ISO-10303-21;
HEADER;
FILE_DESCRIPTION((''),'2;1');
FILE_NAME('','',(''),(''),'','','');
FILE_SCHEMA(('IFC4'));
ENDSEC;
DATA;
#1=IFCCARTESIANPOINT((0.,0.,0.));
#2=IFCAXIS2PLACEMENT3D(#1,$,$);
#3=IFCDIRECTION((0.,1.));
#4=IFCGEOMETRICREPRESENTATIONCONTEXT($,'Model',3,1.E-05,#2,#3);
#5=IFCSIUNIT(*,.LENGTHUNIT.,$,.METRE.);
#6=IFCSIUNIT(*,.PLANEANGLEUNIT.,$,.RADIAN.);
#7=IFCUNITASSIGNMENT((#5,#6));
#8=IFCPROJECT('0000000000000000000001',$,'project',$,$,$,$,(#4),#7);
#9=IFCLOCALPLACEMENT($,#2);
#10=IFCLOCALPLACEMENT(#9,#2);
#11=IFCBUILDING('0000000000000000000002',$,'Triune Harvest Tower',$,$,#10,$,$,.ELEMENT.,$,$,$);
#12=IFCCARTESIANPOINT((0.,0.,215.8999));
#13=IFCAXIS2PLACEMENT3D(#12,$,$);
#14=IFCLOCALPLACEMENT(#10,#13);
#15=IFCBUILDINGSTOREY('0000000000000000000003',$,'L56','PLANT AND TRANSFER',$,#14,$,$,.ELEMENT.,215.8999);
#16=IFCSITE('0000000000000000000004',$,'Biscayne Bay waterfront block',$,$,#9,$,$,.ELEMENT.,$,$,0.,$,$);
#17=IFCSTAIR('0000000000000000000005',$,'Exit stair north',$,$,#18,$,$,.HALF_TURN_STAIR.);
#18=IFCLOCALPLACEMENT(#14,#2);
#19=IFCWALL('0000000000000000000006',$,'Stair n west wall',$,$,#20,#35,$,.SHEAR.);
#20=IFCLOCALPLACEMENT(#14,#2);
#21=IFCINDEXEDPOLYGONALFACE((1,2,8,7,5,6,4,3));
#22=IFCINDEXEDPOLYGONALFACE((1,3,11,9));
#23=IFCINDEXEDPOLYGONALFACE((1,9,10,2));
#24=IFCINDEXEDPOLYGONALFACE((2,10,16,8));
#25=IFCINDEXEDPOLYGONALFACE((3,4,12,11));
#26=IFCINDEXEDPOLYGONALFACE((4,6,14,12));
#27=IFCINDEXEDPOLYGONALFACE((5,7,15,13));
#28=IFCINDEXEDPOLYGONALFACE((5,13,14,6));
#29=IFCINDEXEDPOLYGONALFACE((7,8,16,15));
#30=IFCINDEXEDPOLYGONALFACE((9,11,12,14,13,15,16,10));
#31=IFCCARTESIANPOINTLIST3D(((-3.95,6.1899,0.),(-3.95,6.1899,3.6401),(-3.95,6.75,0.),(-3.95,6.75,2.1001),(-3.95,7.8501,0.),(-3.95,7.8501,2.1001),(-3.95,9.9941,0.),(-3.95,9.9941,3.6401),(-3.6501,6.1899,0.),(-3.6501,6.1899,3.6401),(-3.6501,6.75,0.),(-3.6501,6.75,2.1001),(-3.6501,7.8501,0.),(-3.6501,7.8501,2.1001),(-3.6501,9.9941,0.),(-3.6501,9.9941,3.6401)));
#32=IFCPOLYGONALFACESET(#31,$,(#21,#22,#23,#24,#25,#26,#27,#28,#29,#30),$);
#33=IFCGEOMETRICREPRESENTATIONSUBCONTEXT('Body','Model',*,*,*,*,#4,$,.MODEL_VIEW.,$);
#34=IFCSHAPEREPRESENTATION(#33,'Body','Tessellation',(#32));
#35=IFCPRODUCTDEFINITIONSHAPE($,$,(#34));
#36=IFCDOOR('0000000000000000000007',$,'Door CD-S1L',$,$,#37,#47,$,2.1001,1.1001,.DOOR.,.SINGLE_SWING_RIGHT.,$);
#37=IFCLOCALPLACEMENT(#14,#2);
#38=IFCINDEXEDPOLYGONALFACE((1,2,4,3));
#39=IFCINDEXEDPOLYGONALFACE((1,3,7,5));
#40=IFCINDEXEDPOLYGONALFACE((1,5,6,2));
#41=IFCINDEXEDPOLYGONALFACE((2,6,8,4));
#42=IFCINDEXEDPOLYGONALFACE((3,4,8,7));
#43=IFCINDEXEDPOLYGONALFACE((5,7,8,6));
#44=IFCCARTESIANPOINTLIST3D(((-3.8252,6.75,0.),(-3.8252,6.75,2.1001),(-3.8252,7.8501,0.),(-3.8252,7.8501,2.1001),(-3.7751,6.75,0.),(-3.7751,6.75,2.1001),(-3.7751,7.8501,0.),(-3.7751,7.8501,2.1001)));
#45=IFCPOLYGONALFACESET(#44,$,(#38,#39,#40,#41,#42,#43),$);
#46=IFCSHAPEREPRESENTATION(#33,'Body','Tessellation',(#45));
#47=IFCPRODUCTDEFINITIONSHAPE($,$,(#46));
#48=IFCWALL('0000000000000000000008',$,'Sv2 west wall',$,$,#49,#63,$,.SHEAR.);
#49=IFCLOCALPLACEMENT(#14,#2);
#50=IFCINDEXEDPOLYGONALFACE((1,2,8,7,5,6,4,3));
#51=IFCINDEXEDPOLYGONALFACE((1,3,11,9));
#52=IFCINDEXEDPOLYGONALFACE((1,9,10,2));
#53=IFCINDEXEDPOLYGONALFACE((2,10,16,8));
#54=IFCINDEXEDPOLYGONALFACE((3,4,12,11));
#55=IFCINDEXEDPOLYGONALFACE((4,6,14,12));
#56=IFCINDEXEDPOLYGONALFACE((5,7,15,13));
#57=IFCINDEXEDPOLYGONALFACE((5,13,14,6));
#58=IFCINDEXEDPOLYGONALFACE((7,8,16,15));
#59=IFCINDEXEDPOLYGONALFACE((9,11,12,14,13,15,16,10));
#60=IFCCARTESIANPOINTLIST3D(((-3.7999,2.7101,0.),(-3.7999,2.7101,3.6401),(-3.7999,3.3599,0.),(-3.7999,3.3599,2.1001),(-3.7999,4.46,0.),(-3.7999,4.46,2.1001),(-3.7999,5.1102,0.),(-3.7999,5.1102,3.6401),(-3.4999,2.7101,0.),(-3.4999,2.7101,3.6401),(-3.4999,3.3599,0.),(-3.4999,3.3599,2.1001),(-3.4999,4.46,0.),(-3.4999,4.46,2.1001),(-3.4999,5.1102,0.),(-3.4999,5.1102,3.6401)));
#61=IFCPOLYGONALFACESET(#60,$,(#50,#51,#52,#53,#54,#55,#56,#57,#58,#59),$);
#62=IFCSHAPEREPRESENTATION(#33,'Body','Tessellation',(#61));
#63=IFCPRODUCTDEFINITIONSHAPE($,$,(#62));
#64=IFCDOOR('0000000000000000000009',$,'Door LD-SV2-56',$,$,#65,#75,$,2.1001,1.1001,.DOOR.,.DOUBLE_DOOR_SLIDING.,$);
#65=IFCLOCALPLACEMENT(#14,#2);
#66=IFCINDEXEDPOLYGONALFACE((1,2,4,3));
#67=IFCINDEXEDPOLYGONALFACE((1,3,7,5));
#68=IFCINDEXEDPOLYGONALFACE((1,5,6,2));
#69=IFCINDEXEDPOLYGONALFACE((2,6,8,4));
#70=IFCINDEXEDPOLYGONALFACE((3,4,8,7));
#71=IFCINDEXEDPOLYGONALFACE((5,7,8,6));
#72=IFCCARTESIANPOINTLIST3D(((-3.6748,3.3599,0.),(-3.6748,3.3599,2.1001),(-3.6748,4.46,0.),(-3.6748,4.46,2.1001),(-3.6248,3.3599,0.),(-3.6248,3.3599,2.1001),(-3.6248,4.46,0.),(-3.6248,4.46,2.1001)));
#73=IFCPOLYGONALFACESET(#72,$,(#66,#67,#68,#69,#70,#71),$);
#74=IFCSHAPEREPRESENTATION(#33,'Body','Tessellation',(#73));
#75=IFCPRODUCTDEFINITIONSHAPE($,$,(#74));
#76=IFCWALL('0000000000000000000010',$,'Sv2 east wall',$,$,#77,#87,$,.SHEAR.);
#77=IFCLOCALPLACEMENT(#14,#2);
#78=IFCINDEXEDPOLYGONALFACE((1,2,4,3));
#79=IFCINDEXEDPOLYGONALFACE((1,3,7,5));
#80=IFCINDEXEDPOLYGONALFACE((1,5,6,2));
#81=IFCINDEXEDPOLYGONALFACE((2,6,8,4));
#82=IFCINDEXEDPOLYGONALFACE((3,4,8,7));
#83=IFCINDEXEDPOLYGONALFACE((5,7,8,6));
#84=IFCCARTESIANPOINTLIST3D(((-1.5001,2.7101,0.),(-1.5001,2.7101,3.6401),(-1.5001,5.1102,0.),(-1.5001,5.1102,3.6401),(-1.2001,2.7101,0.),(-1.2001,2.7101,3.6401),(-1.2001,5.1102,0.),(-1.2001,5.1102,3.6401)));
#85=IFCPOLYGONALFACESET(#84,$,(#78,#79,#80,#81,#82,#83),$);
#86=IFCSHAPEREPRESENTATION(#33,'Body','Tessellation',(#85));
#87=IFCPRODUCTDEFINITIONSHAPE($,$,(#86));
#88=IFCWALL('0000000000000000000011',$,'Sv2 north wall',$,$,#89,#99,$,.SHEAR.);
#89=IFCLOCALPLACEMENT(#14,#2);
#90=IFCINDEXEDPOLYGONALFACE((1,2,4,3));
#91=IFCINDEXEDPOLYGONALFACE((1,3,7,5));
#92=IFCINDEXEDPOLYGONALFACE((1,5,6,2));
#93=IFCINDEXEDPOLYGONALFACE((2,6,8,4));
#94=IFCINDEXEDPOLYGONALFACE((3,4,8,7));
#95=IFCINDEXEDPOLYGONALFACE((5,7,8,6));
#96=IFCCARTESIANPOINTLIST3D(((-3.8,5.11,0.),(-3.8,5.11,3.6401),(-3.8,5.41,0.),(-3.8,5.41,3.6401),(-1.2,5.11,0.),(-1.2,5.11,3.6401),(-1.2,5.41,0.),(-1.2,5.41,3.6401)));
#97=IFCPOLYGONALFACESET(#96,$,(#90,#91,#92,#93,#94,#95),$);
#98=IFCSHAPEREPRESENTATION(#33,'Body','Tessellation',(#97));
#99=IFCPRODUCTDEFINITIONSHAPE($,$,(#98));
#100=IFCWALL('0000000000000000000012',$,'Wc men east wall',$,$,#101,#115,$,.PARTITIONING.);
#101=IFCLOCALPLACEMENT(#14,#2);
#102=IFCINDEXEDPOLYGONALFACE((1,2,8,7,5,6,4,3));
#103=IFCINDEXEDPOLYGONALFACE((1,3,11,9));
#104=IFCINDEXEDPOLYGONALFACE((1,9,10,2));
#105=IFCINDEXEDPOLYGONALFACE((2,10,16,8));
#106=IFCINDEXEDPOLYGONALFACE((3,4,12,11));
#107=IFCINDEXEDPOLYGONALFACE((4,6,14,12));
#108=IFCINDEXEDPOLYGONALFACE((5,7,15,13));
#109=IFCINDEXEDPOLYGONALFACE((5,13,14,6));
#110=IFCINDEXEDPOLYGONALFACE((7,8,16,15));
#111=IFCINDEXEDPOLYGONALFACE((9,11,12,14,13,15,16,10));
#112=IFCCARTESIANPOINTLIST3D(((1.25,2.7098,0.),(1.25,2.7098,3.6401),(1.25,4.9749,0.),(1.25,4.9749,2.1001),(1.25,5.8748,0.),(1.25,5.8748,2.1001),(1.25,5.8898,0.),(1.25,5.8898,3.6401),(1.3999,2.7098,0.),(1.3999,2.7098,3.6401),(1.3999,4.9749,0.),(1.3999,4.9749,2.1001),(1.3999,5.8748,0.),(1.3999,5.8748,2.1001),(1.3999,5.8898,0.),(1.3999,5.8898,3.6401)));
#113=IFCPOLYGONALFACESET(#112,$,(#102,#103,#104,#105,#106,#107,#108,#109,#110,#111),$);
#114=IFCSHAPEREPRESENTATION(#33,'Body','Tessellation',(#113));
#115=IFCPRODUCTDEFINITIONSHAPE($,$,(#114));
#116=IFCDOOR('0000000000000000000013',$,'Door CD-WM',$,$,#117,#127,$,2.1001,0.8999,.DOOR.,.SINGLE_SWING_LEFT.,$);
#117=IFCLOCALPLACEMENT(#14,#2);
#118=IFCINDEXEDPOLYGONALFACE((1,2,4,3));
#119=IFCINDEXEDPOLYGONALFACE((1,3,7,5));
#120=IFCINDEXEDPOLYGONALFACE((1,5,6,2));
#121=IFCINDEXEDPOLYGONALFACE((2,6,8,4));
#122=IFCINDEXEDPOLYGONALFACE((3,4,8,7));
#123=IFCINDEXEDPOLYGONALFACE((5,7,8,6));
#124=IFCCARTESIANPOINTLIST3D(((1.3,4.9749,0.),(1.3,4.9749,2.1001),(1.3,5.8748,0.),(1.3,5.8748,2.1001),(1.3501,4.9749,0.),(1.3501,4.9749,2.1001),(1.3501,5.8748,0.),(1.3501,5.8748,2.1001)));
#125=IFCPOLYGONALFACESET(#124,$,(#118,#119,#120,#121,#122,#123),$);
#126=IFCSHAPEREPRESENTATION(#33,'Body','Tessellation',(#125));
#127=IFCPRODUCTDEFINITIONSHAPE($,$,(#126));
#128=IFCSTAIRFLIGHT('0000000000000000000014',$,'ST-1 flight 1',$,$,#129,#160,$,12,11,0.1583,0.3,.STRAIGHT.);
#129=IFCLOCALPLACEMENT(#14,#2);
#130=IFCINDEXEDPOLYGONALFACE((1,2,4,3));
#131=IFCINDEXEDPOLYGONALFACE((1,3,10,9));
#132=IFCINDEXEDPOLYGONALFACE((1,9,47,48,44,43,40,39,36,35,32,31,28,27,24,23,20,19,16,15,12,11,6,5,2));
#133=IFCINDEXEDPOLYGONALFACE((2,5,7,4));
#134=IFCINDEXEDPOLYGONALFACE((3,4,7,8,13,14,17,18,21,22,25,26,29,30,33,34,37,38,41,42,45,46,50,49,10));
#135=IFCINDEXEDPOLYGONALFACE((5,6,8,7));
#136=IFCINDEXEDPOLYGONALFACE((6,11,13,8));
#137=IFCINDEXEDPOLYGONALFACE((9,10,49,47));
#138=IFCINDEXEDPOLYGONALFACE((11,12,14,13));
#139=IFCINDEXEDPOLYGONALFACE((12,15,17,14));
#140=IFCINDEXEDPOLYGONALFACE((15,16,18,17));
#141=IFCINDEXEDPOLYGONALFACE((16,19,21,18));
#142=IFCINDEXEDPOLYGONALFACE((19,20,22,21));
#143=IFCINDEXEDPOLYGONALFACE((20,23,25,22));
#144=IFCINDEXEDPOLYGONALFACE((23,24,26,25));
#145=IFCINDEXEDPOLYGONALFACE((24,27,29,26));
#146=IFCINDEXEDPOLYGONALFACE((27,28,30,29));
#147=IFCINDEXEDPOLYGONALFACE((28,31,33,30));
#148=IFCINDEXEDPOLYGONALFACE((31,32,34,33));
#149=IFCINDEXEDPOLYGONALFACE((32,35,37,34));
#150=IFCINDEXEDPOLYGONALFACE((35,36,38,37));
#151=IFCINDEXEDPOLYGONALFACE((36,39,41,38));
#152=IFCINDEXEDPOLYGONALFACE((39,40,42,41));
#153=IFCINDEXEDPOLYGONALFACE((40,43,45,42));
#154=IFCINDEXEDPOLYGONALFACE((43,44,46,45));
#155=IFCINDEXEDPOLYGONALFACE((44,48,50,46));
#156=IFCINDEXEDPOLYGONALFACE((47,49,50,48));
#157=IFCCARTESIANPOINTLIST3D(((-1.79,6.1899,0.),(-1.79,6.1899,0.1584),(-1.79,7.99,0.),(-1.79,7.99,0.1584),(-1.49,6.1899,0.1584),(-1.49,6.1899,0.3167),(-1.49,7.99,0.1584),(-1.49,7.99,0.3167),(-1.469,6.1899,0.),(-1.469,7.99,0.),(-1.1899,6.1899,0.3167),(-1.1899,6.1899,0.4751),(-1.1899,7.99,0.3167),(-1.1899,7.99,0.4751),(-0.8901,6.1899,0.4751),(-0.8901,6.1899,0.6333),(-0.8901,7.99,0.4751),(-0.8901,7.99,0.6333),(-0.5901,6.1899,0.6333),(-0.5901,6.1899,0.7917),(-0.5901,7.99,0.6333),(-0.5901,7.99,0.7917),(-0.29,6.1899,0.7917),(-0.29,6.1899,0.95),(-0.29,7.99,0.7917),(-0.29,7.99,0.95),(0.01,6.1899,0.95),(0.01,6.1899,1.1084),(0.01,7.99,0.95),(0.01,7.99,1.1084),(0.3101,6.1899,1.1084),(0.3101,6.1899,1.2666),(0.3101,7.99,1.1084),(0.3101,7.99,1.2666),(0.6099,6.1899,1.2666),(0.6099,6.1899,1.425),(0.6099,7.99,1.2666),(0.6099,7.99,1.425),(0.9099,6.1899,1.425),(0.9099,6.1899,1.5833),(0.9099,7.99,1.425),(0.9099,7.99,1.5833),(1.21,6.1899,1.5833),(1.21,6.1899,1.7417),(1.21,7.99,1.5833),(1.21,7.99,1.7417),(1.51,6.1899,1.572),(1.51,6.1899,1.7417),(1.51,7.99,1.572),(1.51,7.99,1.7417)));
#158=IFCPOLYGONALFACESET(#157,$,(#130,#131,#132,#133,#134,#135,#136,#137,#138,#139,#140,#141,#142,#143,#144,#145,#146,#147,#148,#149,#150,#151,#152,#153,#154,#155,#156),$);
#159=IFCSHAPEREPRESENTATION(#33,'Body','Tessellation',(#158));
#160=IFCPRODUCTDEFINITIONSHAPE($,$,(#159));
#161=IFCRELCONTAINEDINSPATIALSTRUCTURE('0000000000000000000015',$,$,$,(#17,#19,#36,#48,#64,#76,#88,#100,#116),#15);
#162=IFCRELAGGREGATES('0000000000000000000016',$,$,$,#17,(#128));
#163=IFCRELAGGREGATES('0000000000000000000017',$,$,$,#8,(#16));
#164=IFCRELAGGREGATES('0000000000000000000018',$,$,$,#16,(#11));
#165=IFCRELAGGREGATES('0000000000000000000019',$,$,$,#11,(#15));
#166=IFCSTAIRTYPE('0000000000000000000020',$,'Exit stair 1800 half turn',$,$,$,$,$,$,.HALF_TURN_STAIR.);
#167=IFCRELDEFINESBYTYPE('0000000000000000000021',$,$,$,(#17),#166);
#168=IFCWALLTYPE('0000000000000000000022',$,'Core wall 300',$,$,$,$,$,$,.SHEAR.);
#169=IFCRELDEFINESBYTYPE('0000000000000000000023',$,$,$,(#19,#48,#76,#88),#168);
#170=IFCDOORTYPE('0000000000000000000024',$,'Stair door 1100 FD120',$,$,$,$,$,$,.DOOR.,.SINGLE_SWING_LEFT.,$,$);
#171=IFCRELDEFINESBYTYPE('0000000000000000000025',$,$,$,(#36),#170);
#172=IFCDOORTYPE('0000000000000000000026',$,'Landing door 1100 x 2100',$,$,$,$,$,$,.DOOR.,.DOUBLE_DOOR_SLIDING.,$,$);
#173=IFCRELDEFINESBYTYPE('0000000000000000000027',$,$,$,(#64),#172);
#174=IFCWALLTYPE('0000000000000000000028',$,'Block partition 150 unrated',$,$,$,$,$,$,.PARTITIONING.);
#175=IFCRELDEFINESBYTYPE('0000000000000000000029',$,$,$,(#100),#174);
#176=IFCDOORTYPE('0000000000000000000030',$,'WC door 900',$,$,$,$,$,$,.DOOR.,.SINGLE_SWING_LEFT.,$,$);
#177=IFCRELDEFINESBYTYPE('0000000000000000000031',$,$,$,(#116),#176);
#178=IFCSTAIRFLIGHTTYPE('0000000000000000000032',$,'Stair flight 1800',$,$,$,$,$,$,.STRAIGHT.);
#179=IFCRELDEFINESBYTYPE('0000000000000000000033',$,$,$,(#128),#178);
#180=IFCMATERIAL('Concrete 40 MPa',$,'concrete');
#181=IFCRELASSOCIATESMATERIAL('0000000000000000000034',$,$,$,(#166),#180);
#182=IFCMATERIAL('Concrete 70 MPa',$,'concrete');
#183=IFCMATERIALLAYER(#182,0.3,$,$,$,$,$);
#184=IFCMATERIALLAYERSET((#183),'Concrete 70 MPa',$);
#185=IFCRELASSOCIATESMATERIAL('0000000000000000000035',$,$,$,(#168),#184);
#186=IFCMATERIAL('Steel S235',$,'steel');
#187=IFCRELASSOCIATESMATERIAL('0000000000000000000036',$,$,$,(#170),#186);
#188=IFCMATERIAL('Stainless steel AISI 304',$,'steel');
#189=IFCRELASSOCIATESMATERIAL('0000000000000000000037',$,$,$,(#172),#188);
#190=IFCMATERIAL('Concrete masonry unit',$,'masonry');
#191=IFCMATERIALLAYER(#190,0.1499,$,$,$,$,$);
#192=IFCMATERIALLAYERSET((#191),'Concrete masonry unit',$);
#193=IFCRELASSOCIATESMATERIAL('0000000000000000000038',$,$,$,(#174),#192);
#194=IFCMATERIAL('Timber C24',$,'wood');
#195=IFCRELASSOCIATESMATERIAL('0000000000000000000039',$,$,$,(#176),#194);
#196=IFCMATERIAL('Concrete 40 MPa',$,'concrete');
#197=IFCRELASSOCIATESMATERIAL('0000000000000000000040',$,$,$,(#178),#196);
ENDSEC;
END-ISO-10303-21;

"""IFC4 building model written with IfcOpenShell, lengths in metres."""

from ifc_helpers import new_model, si_unit, direction, frame, frame_2d, origin, place, context, subcontext, project, spatial, polyline, rectangle, outline, extrude, source, transform, mapped, material, layer, layer_set, type_object, element, fill, aggregate, save


model = new_model("IFC4")

# Units and contexts
model_context = context("Model", 3, precision=1e-05, world=origin(), true_north=direction((0.0, 1.0)))
body_context = subcontext(model_context, "Body", "Model", "MODEL_VIEW")
ifc_project = project(units=[si_unit("LENGTHUNIT", "METRE"), si_unit("PLANEANGLEUNIT", "RADIAN")], contexts=[model_context])

# Site, building, storey
site_placement = place(None, origin())
site = spatial("IfcSite", under=ifc_project, at=site_placement, Name="Biscayne Bay waterfront block", CompositionType="ELEMENT", RefElevation=0.0)
building_placement = place(site_placement, origin())
building = spatial("IfcBuilding", under=site, at=building_placement, Name="Triune Harvest Tower", CompositionType="ELEMENT")
storey_placement = place(building_placement, frame((0.0, 0.0, 215.8999)))
storey = spatial("IfcBuildingStorey", under=building, at=storey_placement, Name="L56", Description="PLANT AND TRANSFER", CompositionType="ELEMENT", Elevation=215.8999)

# Stair
ifc_material_1 = material(Name="Concrete 40 MPa", Category="concrete")
stair_type = type_object("IfcStairType", Name="Exit stair 1800 half turn", PredefinedType="HALF_TURN_STAIR", material=ifc_material_1)
stair_1_placement = place(storey_placement, origin())
stair_1 = element("IfcStair", 1, at=stair_1_placement, inside=storey, type_object=stair_type, Name="Exit stair north", PredefinedType="HALF_TURN_STAIR")

# Shared definitions
ifc_material_2 = material(Name="Concrete 70 MPa", Category="concrete")
ifc_layer_1 = layer(ifc_material_2, 0.3)
ifc_layer_set_1 = layer_set([ifc_layer_1], Name="Concrete 70 MPa")
wall_type_1 = type_object("IfcWallType", Name="Core wall 300", PredefinedType="SHEAR", material=ifc_layer_set_1)

# Walls, openings, doors
shared_shape_1 = source(origin(), body_context, "Body", "SweptSolid", [
    extrude(outline(polyline([(0.0, -0.1499), (0.0, 0.1499), (3.8042, 0.1499), (3.8042, -0.1499), (0.0, -0.1499)])), origin(), (0.0, 0.0, 1.0), 3.6401),
])
wall_1_placement = place(storey_placement, frame((-3.8, 6.1899, 0.0), z_axis=(0.0, 0.0, 1.0), x_axis=(0.0, 1.0, 0.0)))
wall_1 = element("IfcWall", 2, at=wall_1_placement, inside=storey, type_object=wall_type_1, Name="Stair n west wall", PredefinedType="SHEAR", context=body_context, shape_type="MappedRepresentation", body=[
    mapped(shared_shape_1, transform((0.0, 0.0, 0.0), scale=1.0)),
])
opening_1_placement = place(wall_1_placement, frame((0.5601, 0.0, 0.0)))
opening_1 = element("IfcOpeningElement", 3, at=opening_1_placement, cuts=wall_1, PredefinedType="OPENING", context=body_context, shape_type="SweptSolid", body=[
    extrude(rectangle(XDim=1.1001, YDim=2.1001, at=frame_2d((0.55, 1.05))), frame((0.0, 0.1602, 0.0), z_axis=(0.0, -1.0, 0.0), x_axis=(1.0, 0.0, 0.0)), (0.0, 0.0, 1.0), 0.3201),
])
ifc_material_3 = material(Name="Steel S235", Category="steel")
door_type_1 = type_object("IfcDoorType", Name="Stair door 1100 FD120", OperationType="SINGLE_SWING_LEFT", PredefinedType="DOOR", material=ifc_material_3)
door_1_placement = place(opening_1_placement, frame((1.1001, 0.0, 0.0), z_axis=(0.0, 0.0, 1.0), x_axis=(-1.0, 0.0, 0.0)))
door_1 = element("IfcDoor", 4, at=door_1_placement, inside=storey, type_object=door_type_1, Name="Door CD-S1L", OperationType="SINGLE_SWING_RIGHT", OverallHeight=2.1001, OverallWidth=1.1001, PredefinedType="DOOR", context=body_context, shape_type="SweptSolid", body=[
    extrude(rectangle(XDim=1.1001, YDim=2.1001, at=frame_2d((0.55, 1.05))), frame((0.0, 0.0249, 0.0), z_axis=(0.0, -1.0, 0.0), x_axis=(1.0, 0.0, 0.0)), (0.0, 0.0, 1.0), 0.05),
])
fill(opening_1, door_1)
shared_shape_2 = source(origin(), body_context, "Body", "SweptSolid", [
    extrude(rectangle(XDim=2.4001, YDim=0.3, at=frame_2d((1.2002, 0.0))), origin(), (0.0, 0.0, 1.0), 3.6401),
])
wall_2_placement = place(storey_placement, frame((-3.6499, 2.71, 0.0), z_axis=(0.0, 0.0, 1.0), x_axis=(0.0, 1.0, 0.0)))
wall_2 = element("IfcWall", 5, at=wall_2_placement, inside=storey, type_object=wall_type_1, Name="Sv2 west wall", PredefinedType="SHEAR", context=body_context, shape_type="MappedRepresentation", body=[
    mapped(shared_shape_2, transform((0.0, 0.0, 0.0), scale=1.0)),
])
opening_2_placement = place(wall_2_placement, frame((0.6499, 0.0, 0.0)))
opening_2 = element("IfcOpeningElement", 6, at=opening_2_placement, cuts=wall_2, PredefinedType="OPENING", context=body_context, shape_type="SweptSolid", body=[
    extrude(rectangle(XDim=1.1001, YDim=2.1001, at=frame_2d((0.55, 1.05))), frame((0.0, 0.1602, 0.0), z_axis=(0.0, -1.0, 0.0), x_axis=(1.0, 0.0, 0.0)), (0.0, 0.0, 1.0), 0.3201),
])
ifc_material_4 = material(Name="Stainless steel AISI 304", Category="steel")
door_type_2 = type_object("IfcDoorType", Name="Landing door 1100 x 2100", OperationType="DOUBLE_DOOR_SLIDING", PredefinedType="DOOR", material=ifc_material_4)
door_2_placement = place(opening_2_placement, origin())
door_2 = element("IfcDoor", 7, at=door_2_placement, inside=storey, type_object=door_type_2, Name="Door LD-SV2-56", OperationType="DOUBLE_DOOR_SLIDING", OverallHeight=2.1001, OverallWidth=1.1001, PredefinedType="DOOR", context=body_context, shape_type="SweptSolid", body=[
    extrude(rectangle(XDim=1.1001, YDim=2.1001, at=frame_2d((0.55, 1.05))), frame((0.0, 0.0249, 0.0), z_axis=(0.0, -1.0, 0.0), x_axis=(1.0, 0.0, 0.0)), (0.0, 0.0, 1.0), 0.05),
])
fill(opening_2, door_2)

# Walls
wall_3_placement = place(storey_placement, frame((-1.3501, 2.71, 0.0), z_axis=(0.0, 0.0, 1.0), x_axis=(0.0, 1.0, 0.0)))
element("IfcWall", 8, at=wall_3_placement, inside=storey, type_object=wall_type_1, Name="Sv2 east wall", PredefinedType="SHEAR", context=body_context, shape_type="MappedRepresentation", body=[
    mapped(shared_shape_2, transform((0.0, 0.0, 0.0), scale=1.0)),
])
shared_shape_3 = source(origin(), body_context, "Body", "SweptSolid", [
    extrude(rectangle(XDim=2.6001, YDim=0.3, at=frame_2d((1.3, 0.0))), origin(), (0.0, 0.0, 1.0), 3.6401),
])
wall_4_placement = place(storey_placement, frame((-3.8, 5.26, 0.0), z_axis=(0.0, 0.0, 1.0), x_axis=(1.0, 0.0, 0.0)))
element("IfcWall", 9, at=wall_4_placement, inside=storey, type_object=wall_type_1, Name="Sv2 north wall", PredefinedType="SHEAR", context=body_context, shape_type="MappedRepresentation", body=[
    mapped(shared_shape_3, transform((0.0, 0.0, 0.0), scale=1.0)),
])

# Wall, opening, door
ifc_material_5 = material(Name="Concrete masonry unit", Category="masonry")
ifc_layer_2 = layer(ifc_material_5, 0.1499)
ifc_layer_set_2 = layer_set([ifc_layer_2], Name="Concrete masonry unit")
wall_type_2 = type_object("IfcWallType", Name="Block partition 150 unrated", PredefinedType="PARTITIONING", material=ifc_layer_set_2)
shared_shape_4 = source(origin(), body_context, "Body", "SweptSolid", [
    extrude(rectangle(XDim=3.1799, YDim=0.1499, at=frame_2d((1.5898, 0.0))), origin(), (0.0, 0.0, 1.0), 3.6401),
])
wall_5_placement = place(storey_placement, frame((1.325, 2.71, 0.0), z_axis=(0.0, 0.0, 1.0), x_axis=(0.0, 1.0, 0.0)))
wall_5 = element("IfcWall", 10, at=wall_5_placement, inside=storey, type_object=wall_type_2, Name="Wc men east wall", PredefinedType="PARTITIONING", context=body_context, shape_type="MappedRepresentation", body=[
    mapped(shared_shape_4, transform((0.0, 0.0, 0.0), scale=1.0)),
])
opening_3_placement = place(wall_5_placement, frame((2.2649, 0.0, 0.0)))
opening_3 = element("IfcOpeningElement", 11, at=opening_3_placement, cuts=wall_5, PredefinedType="OPENING", context=body_context, shape_type="SweptSolid", body=[
    extrude(rectangle(XDim=0.8999, YDim=2.1001, at=frame_2d((0.45, 1.05))), frame((0.0, 0.085, 0.0), z_axis=(0.0, -1.0, 0.0), x_axis=(1.0, 0.0, 0.0)), (0.0, 0.0, 1.0), 0.1699),
])
ifc_material_6 = material(Name="Timber C24", Category="wood")
door_type_3 = type_object("IfcDoorType", Name="WC door 900", OperationType="SINGLE_SWING_LEFT", PredefinedType="DOOR", material=ifc_material_6)
door_3_placement = place(opening_3_placement, origin())
door_3 = element("IfcDoor", 12, at=door_3_placement, inside=storey, type_object=door_type_3, Name="Door CD-WM", OperationType="SINGLE_SWING_LEFT", OverallHeight=2.1001, OverallWidth=0.8999, PredefinedType="DOOR", context=body_context, shape_type="SweptSolid", body=[
    extrude(rectangle(XDim=0.8999, YDim=2.1001, at=frame_2d((0.45, 1.05))), frame((0.0, 0.0249, 0.0), z_axis=(0.0, -1.0, 0.0), x_axis=(1.0, 0.0, 0.0)), (0.0, 0.0, 1.0), 0.05),
])
fill(opening_3, door_3)

# Stair flight
ifc_material_7 = material(Name="Concrete 40 MPa", Category="concrete")
stair_flight_type = type_object("IfcStairFlightType", Name="Stair flight 1800", PredefinedType="STRAIGHT", material=ifc_material_7)
shared_shape_5 = source(origin(), body_context, "Body", "SweptSolid", [
    extrude(outline(polyline([(0.0, 0.0), (0.0, 0.1584), (0.3, 0.1584), (0.3, 0.3167), (0.6001, 0.3167), (0.6001, 0.4751), (0.8999, 0.4751), (0.8999, 0.6333), (1.2, 0.6333), (1.2, 0.7917), (1.5, 0.7917), (1.5, 0.95), (1.8, 0.95), (1.8, 1.1084), (2.1001, 1.1084), (2.1001, 1.2666), (2.3999, 1.2666), (2.3999, 1.425), (2.7, 1.425), (2.7, 1.5833), (3.0, 1.5833), (3.0, 1.7417), (3.3, 1.7417), (3.3, 1.8999), (3.3, 1.572), (0.321, 0.0), (0.0, 0.0)])), frame((0.0, 0.8999, 0.0), z_axis=(0.0, -1.0, 0.0), x_axis=(1.0, 0.0, 0.0)), (0.0, 0.0, 1.0), 1.8),
])
stair_flight_placement = place(storey_placement, frame((-1.79, 7.0901, 0.0), z_axis=(0.0, 0.0, 1.0), x_axis=(1.0, 0.0, 0.0)))
stair_flight = element("IfcStairFlight", 13, at=stair_flight_placement, type_object=stair_flight_type, Name="ST-1 flight 1", NumberOfRisers=12, NumberOfTreads=11, PredefinedType="STRAIGHT", RiserHeight=0.1583, TreadLength=0.3, context=body_context, shape_type="MappedRepresentation", body=[
    mapped(shared_shape_5, transform((0.0, 0.0, 0.0), scale=1.0)),
])
aggregate(stair_1, [stair_flight])

save(model, "model.ifc")
